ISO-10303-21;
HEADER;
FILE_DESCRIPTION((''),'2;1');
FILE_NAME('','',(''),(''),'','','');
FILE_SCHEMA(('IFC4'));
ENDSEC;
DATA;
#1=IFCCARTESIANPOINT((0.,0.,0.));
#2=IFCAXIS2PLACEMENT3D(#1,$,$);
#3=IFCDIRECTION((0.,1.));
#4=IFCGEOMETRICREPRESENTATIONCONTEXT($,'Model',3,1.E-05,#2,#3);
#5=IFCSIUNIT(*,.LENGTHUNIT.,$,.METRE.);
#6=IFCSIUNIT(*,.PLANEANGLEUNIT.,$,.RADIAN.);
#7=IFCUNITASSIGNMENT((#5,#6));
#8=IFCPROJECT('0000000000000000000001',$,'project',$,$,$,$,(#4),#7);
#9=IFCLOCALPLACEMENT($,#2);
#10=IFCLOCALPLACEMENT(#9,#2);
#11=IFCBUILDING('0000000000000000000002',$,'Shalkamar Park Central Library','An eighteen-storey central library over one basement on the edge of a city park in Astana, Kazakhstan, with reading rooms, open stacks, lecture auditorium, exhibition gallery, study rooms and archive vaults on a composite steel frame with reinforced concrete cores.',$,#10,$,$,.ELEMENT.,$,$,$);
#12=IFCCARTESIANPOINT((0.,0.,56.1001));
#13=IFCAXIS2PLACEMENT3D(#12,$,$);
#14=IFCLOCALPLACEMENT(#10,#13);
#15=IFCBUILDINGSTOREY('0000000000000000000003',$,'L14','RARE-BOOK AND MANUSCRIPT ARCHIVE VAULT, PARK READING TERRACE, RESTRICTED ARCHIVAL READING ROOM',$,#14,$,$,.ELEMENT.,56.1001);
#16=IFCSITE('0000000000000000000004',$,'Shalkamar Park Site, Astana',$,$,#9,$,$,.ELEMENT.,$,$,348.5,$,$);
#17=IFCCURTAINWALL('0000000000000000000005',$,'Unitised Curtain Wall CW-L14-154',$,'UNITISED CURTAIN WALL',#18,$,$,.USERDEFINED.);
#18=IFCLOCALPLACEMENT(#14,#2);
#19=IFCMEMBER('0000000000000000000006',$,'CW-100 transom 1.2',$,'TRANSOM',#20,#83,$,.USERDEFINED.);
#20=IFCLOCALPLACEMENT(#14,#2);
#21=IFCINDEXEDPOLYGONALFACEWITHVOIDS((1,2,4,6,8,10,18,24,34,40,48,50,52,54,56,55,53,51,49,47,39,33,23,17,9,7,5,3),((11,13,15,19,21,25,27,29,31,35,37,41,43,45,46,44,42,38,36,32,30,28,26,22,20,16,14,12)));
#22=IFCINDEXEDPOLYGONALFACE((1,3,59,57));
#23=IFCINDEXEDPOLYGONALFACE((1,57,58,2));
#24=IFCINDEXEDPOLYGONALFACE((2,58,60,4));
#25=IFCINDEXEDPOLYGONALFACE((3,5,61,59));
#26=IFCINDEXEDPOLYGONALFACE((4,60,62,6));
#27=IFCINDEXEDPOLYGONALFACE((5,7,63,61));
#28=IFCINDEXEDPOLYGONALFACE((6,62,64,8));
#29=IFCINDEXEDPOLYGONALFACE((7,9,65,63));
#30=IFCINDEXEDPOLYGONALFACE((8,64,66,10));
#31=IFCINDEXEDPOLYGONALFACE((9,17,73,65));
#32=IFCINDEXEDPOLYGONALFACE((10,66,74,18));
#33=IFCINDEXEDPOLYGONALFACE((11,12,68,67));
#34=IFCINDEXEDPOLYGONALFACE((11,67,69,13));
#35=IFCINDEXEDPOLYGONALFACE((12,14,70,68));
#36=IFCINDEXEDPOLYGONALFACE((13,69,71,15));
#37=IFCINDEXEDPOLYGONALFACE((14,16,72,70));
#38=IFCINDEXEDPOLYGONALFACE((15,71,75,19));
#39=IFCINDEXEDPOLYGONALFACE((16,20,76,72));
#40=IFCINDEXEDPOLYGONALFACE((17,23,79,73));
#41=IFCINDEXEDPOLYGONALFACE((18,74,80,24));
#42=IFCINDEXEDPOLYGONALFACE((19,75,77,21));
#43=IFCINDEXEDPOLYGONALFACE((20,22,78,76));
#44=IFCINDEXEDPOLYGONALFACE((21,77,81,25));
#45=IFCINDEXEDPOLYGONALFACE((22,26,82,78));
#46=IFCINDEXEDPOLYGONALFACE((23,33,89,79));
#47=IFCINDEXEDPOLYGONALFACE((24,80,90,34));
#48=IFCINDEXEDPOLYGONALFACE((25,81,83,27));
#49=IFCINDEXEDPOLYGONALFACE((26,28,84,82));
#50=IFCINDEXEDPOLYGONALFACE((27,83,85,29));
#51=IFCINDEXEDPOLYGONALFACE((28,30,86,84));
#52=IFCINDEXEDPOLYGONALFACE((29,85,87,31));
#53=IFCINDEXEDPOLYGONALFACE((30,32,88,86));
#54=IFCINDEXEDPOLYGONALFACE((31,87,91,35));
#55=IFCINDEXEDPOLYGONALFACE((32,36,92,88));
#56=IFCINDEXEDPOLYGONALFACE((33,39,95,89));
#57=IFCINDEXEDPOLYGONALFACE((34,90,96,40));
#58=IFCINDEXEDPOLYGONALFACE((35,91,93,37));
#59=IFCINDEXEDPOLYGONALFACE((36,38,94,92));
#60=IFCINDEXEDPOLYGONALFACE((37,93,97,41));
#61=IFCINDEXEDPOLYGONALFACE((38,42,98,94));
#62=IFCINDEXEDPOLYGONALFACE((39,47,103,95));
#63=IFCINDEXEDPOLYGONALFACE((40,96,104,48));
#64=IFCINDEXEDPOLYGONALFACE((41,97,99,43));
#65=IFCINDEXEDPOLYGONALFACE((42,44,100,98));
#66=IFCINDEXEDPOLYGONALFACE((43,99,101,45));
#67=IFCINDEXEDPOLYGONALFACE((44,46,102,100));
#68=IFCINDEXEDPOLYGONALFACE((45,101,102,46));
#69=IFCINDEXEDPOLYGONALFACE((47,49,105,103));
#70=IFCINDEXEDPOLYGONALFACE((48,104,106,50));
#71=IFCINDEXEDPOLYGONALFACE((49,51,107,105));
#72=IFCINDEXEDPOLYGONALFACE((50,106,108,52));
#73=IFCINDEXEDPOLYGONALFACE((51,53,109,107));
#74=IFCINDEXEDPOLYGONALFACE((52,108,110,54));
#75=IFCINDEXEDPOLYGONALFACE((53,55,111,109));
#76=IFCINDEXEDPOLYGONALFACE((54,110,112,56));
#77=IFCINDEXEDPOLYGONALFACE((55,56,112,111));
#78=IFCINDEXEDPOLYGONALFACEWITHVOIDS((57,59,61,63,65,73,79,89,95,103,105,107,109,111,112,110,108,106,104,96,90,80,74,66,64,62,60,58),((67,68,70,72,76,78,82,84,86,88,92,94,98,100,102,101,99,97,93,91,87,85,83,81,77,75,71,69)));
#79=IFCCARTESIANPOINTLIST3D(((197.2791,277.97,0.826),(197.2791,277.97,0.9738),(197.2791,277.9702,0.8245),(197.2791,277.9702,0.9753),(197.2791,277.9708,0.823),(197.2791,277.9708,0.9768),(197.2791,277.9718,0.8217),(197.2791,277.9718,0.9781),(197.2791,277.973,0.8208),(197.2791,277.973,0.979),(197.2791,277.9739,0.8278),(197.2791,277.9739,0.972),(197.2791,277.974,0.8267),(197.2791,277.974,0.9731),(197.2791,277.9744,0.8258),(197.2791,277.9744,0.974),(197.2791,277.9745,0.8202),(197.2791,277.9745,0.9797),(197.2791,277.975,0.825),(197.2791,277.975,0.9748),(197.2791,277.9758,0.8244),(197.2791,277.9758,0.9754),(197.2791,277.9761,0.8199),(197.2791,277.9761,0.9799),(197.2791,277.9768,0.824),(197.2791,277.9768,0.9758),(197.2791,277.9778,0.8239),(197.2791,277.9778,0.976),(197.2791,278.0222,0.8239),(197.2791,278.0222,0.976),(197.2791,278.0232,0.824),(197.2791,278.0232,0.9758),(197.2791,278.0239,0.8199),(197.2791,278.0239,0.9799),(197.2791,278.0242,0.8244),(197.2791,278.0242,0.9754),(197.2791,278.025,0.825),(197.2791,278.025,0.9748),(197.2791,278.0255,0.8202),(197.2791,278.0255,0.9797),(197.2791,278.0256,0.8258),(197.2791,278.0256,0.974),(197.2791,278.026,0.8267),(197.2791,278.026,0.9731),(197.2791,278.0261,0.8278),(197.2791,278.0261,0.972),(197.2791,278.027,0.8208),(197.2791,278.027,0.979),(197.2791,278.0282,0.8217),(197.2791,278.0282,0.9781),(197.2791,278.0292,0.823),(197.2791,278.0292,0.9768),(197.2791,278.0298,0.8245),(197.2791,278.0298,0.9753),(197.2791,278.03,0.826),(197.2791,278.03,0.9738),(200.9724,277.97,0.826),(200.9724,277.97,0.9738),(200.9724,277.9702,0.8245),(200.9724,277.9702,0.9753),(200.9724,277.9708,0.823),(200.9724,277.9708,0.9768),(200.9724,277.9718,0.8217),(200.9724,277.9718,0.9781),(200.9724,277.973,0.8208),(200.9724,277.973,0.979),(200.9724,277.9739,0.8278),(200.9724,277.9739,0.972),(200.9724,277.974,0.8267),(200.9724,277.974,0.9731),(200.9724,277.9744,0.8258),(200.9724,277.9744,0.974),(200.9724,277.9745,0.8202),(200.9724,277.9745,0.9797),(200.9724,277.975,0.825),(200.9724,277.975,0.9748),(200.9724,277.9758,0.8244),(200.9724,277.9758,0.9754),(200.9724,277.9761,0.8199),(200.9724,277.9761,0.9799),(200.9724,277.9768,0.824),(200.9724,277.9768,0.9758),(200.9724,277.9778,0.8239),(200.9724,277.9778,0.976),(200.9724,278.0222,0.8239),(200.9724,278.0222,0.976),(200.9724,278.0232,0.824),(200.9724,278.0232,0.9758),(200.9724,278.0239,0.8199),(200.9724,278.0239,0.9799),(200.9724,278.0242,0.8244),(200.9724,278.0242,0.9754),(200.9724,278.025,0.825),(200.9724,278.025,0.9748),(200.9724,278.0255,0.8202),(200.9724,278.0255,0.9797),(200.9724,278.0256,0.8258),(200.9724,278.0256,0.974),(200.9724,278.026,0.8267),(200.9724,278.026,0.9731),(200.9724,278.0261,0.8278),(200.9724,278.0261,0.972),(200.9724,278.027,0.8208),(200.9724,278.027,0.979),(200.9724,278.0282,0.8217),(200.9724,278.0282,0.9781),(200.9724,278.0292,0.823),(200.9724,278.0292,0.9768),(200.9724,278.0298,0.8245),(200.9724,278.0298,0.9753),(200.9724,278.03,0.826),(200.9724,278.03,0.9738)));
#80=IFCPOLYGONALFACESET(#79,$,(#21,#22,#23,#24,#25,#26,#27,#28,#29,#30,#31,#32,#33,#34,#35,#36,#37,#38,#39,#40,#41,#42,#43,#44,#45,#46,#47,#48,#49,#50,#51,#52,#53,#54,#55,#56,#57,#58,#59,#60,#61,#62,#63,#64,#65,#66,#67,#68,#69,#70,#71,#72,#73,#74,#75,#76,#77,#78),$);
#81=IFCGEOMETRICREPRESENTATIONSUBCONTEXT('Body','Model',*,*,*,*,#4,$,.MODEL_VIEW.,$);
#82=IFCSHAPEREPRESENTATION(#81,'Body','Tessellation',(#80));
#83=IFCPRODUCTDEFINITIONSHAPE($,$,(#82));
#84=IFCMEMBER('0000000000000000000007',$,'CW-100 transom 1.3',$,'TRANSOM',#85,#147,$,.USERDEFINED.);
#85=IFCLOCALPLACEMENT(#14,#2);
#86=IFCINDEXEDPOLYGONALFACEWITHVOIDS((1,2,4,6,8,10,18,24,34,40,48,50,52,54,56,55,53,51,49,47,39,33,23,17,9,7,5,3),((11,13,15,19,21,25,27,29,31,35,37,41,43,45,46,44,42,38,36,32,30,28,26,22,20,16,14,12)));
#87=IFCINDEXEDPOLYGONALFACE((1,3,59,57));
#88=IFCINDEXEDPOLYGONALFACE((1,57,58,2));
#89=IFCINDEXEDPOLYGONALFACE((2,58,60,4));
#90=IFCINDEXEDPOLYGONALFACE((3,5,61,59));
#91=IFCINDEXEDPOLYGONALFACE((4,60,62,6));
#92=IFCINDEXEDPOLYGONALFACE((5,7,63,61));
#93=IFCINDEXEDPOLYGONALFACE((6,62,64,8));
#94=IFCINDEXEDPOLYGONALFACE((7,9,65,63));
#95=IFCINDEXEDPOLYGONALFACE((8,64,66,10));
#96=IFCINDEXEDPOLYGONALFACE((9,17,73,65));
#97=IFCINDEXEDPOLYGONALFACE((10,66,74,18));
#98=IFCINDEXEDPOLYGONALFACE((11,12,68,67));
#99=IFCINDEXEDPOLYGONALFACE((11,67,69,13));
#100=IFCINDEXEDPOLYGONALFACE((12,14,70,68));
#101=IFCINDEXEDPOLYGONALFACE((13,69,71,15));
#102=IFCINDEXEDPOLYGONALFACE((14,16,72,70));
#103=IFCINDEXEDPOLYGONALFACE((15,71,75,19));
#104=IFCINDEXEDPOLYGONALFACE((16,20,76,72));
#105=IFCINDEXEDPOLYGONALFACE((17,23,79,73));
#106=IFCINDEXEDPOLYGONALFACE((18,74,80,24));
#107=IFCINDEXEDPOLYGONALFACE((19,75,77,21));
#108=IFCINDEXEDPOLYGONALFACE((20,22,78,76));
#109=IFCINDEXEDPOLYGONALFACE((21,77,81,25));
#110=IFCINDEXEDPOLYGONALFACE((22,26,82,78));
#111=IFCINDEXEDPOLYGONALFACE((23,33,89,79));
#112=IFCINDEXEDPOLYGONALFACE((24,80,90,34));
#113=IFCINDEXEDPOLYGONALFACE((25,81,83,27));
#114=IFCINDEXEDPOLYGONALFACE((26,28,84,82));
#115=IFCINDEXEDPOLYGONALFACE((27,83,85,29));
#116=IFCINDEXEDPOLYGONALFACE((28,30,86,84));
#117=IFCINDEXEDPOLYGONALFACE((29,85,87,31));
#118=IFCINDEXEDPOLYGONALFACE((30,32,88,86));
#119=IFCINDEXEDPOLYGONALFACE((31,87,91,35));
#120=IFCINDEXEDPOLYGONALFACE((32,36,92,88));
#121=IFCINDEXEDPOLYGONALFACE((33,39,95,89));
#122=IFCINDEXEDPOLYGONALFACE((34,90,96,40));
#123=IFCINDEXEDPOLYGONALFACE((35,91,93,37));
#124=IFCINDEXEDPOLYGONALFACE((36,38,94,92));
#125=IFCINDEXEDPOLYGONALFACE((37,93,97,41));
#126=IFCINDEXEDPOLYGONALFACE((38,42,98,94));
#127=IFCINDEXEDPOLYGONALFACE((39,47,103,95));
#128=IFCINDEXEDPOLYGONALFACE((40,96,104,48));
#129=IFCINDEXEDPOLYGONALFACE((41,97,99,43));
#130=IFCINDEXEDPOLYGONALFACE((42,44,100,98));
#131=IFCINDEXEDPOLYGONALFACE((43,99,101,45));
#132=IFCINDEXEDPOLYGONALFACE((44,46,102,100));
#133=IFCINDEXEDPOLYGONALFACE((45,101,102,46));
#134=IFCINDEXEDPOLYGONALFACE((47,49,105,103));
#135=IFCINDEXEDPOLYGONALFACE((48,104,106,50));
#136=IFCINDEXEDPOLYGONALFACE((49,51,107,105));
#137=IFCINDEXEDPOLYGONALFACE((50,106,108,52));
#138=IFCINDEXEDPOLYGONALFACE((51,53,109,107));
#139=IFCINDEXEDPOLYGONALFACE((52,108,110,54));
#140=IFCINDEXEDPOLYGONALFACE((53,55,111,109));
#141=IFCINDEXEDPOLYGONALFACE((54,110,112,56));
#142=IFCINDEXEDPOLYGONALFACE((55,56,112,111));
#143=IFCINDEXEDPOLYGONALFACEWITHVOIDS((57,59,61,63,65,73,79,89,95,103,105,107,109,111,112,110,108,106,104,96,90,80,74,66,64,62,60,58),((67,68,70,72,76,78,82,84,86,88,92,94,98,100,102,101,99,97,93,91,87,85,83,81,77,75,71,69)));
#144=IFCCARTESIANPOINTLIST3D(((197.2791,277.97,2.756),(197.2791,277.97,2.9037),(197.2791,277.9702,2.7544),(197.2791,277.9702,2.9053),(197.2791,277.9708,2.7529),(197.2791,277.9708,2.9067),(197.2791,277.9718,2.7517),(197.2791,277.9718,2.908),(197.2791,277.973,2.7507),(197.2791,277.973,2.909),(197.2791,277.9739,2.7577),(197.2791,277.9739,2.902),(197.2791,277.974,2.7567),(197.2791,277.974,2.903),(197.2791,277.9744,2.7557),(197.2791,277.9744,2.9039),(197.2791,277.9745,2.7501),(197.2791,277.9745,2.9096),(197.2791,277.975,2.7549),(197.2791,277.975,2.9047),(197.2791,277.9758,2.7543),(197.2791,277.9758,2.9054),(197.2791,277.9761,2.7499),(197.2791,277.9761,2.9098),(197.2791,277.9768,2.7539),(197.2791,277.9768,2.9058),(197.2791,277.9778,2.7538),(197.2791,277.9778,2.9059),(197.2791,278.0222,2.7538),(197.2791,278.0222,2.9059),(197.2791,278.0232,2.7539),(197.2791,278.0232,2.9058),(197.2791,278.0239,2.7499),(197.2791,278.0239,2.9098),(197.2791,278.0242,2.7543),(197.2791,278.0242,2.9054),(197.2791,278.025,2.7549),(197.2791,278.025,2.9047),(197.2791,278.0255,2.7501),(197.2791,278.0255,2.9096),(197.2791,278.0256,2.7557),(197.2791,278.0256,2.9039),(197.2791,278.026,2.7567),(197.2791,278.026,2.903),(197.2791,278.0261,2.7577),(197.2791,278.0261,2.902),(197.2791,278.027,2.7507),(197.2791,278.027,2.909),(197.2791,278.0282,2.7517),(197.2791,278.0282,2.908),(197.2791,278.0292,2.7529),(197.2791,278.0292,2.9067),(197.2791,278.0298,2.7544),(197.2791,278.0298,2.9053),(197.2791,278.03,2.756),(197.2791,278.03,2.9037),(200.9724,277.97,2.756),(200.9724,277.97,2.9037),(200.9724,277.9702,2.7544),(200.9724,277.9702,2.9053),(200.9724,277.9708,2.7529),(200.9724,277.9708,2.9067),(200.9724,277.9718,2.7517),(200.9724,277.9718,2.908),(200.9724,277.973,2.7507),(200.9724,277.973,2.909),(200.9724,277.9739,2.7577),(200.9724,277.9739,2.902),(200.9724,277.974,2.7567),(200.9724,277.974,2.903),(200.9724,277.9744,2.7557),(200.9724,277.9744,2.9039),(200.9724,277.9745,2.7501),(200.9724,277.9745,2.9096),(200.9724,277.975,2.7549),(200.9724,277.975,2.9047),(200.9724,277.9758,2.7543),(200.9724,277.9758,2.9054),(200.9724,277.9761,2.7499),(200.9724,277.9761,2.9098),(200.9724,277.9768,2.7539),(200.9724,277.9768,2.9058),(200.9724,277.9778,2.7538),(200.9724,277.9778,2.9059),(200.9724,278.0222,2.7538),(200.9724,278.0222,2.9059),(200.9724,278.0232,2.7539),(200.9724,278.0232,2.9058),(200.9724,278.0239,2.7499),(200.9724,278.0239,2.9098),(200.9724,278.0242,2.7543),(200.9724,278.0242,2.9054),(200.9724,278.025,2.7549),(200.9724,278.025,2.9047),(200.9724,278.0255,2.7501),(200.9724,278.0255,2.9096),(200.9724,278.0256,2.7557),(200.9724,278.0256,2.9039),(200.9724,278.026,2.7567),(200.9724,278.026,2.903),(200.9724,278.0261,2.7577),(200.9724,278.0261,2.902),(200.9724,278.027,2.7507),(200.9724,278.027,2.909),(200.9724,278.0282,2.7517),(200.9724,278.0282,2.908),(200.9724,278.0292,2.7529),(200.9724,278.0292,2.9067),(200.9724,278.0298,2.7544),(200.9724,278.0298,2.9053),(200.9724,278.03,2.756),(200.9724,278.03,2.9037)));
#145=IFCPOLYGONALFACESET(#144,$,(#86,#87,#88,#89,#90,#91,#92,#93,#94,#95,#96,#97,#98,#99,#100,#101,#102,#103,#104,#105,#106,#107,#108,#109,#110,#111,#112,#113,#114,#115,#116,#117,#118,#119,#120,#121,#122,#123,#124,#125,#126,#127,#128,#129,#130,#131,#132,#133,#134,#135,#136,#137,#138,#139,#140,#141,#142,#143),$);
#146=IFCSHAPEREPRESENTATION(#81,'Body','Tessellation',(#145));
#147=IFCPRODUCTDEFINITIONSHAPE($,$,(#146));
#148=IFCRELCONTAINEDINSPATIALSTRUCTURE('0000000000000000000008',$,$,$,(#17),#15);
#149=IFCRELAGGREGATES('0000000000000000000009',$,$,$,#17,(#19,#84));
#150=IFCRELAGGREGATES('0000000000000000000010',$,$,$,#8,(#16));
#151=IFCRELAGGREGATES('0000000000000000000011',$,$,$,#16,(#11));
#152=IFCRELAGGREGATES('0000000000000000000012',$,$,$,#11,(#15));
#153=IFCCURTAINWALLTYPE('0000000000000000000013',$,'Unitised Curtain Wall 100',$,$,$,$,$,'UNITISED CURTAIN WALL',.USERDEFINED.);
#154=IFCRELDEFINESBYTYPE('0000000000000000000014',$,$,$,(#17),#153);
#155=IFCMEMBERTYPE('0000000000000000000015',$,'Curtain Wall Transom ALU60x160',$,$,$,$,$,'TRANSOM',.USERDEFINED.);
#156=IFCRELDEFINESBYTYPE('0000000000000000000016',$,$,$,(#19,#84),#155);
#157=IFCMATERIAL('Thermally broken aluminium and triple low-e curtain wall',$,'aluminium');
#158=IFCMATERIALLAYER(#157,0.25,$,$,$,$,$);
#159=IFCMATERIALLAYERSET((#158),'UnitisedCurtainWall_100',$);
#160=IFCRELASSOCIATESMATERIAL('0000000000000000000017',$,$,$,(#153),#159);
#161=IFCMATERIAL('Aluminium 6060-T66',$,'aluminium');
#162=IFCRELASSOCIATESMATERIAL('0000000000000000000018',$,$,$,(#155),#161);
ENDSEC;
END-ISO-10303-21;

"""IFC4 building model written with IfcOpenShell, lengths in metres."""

from ifc_helpers import new_model, si_unit, direction, frame, origin, origin_2d, place, context, subcontext, project, spatial, hollow_rectangle, extrude, material, layer, layer_set, material_profile, profile_set, type_object, element, aggregate, save


model = new_model("IFC4")

# Units and contexts
model_context = context("Model", 3, precision=1e-05, world=origin(), true_north=direction((0.0, 1.0)))
body_context = subcontext(model_context, "Body", "Model", "MODEL_VIEW")
ifc_project = project(units=[si_unit("LENGTHUNIT", "METRE"), si_unit("PLANEANGLEUNIT", "RADIAN")], contexts=[model_context])

# Site, building, storey
site_placement = place(None, origin())
site = spatial("IfcSite", under=ifc_project, at=site_placement, Name="Shalkamar Park Site, Astana", CompositionType="ELEMENT", RefElevation=348.5)
building_placement = place(site_placement, origin())
building = spatial("IfcBuilding", under=site, at=building_placement, Name="Shalkamar Park Central Library", Description="An eighteen-storey central library over one basement on the edge of a city park in Astana, Kazakhstan, with reading rooms, open stacks, lecture auditorium, exhibition gallery, study rooms and archive vaults on a composite steel frame with reinforced concrete cores.", CompositionType="ELEMENT")
storey_placement = place(building_placement, frame((0.0, 0.0, 56.1001)))
storey = spatial("IfcBuildingStorey", under=building, at=storey_placement, Name="L14", Description="RARE-BOOK AND MANUSCRIPT ARCHIVE VAULT, PARK READING TERRACE, RESTRICTED ARCHIVAL READING ROOM", CompositionType="ELEMENT", Elevation=56.1001)

# Curtain wall
ifc_material_1 = material(Name="Thermally broken aluminium and triple low-e curtain wall", Category="aluminium")
ifc_layer_1 = layer(ifc_material_1, 0.25)
ifc_layer_set_1 = layer_set([ifc_layer_1], Name="UnitisedCurtainWall_100")
curtain_wall_type_1 = type_object("IfcCurtainWallType", Name="Unitised Curtain Wall 100", ElementType="UNITISED CURTAIN WALL", PredefinedType="USERDEFINED", material=ifc_layer_set_1)
curtain_wall_1_placement = place(storey_placement, origin())
curtain_wall_1 = element("IfcCurtainWall", 1, at=curtain_wall_1_placement, inside=storey, type_object=curtain_wall_type_1, Name="Unitised Curtain Wall CW-L14-154", ObjectType="UNITISED CURTAIN WALL", PredefinedType="USERDEFINED")
ifc_material_2 = material(Name="Aluminium 6060-T66", Category="aluminium")

# Members
ifc_material_profile_1 = material_profile(ifc_material_2, hollow_rectangle(XDim=0.0601, YDim=0.1599, WallThickness=0.0039, InnerFilletRadius=0.0039, OuterFilletRadius=0.0061, at=origin_2d()), Name="ALU 60x160x4")
ifc_profile_set_1 = profile_set([ifc_material_profile_1], Name="Aluminium 6060-T66")
member_type_1 = type_object("IfcMemberType", Name="Curtain Wall Transom ALU60x160", ElementType="TRANSOM", PredefinedType="USERDEFINED", material=ifc_profile_set_1)
member_1_placement = place(storey_placement, frame((197.2791, 278.0, 0.8999), z_axis=(1.0, 0.0, 0.0), x_axis=(0.0, 1.0, 0.0)))
member_1 = element("IfcMember", 2, at=member_1_placement, type_object=member_type_1, Name="CW-100 transom 1.2", ObjectType="TRANSOM", PredefinedType="USERDEFINED", context=body_context, shape_type="SweptSolid", body=[
    extrude(hollow_rectangle(XDim=0.0601, YDim=0.1599, WallThickness=0.0039, InnerFilletRadius=0.0039, OuterFilletRadius=0.0061, at=origin_2d()), origin(), (0.0, 0.0, 1.0), 3.6934),
])
member_2_placement = place(storey_placement, frame((197.2791, 278.0, 2.8298), z_axis=(1.0, 0.0, 0.0), x_axis=(0.0, 1.0, 0.0)))
member_2 = element("IfcMember", 3, at=member_2_placement, type_object=member_type_1, Name="CW-100 transom 1.3", ObjectType="TRANSOM", PredefinedType="USERDEFINED", context=body_context, shape_type="SweptSolid", body=[
    extrude(hollow_rectangle(XDim=0.0601, YDim=0.1599, WallThickness=0.0039, InnerFilletRadius=0.0039, OuterFilletRadius=0.0061, at=origin_2d()), origin(), (0.0, 0.0, 1.0), 3.6934),
])

aggregate(curtain_wall_1, [member_1, member_2])

save(model, "model.ifc")
